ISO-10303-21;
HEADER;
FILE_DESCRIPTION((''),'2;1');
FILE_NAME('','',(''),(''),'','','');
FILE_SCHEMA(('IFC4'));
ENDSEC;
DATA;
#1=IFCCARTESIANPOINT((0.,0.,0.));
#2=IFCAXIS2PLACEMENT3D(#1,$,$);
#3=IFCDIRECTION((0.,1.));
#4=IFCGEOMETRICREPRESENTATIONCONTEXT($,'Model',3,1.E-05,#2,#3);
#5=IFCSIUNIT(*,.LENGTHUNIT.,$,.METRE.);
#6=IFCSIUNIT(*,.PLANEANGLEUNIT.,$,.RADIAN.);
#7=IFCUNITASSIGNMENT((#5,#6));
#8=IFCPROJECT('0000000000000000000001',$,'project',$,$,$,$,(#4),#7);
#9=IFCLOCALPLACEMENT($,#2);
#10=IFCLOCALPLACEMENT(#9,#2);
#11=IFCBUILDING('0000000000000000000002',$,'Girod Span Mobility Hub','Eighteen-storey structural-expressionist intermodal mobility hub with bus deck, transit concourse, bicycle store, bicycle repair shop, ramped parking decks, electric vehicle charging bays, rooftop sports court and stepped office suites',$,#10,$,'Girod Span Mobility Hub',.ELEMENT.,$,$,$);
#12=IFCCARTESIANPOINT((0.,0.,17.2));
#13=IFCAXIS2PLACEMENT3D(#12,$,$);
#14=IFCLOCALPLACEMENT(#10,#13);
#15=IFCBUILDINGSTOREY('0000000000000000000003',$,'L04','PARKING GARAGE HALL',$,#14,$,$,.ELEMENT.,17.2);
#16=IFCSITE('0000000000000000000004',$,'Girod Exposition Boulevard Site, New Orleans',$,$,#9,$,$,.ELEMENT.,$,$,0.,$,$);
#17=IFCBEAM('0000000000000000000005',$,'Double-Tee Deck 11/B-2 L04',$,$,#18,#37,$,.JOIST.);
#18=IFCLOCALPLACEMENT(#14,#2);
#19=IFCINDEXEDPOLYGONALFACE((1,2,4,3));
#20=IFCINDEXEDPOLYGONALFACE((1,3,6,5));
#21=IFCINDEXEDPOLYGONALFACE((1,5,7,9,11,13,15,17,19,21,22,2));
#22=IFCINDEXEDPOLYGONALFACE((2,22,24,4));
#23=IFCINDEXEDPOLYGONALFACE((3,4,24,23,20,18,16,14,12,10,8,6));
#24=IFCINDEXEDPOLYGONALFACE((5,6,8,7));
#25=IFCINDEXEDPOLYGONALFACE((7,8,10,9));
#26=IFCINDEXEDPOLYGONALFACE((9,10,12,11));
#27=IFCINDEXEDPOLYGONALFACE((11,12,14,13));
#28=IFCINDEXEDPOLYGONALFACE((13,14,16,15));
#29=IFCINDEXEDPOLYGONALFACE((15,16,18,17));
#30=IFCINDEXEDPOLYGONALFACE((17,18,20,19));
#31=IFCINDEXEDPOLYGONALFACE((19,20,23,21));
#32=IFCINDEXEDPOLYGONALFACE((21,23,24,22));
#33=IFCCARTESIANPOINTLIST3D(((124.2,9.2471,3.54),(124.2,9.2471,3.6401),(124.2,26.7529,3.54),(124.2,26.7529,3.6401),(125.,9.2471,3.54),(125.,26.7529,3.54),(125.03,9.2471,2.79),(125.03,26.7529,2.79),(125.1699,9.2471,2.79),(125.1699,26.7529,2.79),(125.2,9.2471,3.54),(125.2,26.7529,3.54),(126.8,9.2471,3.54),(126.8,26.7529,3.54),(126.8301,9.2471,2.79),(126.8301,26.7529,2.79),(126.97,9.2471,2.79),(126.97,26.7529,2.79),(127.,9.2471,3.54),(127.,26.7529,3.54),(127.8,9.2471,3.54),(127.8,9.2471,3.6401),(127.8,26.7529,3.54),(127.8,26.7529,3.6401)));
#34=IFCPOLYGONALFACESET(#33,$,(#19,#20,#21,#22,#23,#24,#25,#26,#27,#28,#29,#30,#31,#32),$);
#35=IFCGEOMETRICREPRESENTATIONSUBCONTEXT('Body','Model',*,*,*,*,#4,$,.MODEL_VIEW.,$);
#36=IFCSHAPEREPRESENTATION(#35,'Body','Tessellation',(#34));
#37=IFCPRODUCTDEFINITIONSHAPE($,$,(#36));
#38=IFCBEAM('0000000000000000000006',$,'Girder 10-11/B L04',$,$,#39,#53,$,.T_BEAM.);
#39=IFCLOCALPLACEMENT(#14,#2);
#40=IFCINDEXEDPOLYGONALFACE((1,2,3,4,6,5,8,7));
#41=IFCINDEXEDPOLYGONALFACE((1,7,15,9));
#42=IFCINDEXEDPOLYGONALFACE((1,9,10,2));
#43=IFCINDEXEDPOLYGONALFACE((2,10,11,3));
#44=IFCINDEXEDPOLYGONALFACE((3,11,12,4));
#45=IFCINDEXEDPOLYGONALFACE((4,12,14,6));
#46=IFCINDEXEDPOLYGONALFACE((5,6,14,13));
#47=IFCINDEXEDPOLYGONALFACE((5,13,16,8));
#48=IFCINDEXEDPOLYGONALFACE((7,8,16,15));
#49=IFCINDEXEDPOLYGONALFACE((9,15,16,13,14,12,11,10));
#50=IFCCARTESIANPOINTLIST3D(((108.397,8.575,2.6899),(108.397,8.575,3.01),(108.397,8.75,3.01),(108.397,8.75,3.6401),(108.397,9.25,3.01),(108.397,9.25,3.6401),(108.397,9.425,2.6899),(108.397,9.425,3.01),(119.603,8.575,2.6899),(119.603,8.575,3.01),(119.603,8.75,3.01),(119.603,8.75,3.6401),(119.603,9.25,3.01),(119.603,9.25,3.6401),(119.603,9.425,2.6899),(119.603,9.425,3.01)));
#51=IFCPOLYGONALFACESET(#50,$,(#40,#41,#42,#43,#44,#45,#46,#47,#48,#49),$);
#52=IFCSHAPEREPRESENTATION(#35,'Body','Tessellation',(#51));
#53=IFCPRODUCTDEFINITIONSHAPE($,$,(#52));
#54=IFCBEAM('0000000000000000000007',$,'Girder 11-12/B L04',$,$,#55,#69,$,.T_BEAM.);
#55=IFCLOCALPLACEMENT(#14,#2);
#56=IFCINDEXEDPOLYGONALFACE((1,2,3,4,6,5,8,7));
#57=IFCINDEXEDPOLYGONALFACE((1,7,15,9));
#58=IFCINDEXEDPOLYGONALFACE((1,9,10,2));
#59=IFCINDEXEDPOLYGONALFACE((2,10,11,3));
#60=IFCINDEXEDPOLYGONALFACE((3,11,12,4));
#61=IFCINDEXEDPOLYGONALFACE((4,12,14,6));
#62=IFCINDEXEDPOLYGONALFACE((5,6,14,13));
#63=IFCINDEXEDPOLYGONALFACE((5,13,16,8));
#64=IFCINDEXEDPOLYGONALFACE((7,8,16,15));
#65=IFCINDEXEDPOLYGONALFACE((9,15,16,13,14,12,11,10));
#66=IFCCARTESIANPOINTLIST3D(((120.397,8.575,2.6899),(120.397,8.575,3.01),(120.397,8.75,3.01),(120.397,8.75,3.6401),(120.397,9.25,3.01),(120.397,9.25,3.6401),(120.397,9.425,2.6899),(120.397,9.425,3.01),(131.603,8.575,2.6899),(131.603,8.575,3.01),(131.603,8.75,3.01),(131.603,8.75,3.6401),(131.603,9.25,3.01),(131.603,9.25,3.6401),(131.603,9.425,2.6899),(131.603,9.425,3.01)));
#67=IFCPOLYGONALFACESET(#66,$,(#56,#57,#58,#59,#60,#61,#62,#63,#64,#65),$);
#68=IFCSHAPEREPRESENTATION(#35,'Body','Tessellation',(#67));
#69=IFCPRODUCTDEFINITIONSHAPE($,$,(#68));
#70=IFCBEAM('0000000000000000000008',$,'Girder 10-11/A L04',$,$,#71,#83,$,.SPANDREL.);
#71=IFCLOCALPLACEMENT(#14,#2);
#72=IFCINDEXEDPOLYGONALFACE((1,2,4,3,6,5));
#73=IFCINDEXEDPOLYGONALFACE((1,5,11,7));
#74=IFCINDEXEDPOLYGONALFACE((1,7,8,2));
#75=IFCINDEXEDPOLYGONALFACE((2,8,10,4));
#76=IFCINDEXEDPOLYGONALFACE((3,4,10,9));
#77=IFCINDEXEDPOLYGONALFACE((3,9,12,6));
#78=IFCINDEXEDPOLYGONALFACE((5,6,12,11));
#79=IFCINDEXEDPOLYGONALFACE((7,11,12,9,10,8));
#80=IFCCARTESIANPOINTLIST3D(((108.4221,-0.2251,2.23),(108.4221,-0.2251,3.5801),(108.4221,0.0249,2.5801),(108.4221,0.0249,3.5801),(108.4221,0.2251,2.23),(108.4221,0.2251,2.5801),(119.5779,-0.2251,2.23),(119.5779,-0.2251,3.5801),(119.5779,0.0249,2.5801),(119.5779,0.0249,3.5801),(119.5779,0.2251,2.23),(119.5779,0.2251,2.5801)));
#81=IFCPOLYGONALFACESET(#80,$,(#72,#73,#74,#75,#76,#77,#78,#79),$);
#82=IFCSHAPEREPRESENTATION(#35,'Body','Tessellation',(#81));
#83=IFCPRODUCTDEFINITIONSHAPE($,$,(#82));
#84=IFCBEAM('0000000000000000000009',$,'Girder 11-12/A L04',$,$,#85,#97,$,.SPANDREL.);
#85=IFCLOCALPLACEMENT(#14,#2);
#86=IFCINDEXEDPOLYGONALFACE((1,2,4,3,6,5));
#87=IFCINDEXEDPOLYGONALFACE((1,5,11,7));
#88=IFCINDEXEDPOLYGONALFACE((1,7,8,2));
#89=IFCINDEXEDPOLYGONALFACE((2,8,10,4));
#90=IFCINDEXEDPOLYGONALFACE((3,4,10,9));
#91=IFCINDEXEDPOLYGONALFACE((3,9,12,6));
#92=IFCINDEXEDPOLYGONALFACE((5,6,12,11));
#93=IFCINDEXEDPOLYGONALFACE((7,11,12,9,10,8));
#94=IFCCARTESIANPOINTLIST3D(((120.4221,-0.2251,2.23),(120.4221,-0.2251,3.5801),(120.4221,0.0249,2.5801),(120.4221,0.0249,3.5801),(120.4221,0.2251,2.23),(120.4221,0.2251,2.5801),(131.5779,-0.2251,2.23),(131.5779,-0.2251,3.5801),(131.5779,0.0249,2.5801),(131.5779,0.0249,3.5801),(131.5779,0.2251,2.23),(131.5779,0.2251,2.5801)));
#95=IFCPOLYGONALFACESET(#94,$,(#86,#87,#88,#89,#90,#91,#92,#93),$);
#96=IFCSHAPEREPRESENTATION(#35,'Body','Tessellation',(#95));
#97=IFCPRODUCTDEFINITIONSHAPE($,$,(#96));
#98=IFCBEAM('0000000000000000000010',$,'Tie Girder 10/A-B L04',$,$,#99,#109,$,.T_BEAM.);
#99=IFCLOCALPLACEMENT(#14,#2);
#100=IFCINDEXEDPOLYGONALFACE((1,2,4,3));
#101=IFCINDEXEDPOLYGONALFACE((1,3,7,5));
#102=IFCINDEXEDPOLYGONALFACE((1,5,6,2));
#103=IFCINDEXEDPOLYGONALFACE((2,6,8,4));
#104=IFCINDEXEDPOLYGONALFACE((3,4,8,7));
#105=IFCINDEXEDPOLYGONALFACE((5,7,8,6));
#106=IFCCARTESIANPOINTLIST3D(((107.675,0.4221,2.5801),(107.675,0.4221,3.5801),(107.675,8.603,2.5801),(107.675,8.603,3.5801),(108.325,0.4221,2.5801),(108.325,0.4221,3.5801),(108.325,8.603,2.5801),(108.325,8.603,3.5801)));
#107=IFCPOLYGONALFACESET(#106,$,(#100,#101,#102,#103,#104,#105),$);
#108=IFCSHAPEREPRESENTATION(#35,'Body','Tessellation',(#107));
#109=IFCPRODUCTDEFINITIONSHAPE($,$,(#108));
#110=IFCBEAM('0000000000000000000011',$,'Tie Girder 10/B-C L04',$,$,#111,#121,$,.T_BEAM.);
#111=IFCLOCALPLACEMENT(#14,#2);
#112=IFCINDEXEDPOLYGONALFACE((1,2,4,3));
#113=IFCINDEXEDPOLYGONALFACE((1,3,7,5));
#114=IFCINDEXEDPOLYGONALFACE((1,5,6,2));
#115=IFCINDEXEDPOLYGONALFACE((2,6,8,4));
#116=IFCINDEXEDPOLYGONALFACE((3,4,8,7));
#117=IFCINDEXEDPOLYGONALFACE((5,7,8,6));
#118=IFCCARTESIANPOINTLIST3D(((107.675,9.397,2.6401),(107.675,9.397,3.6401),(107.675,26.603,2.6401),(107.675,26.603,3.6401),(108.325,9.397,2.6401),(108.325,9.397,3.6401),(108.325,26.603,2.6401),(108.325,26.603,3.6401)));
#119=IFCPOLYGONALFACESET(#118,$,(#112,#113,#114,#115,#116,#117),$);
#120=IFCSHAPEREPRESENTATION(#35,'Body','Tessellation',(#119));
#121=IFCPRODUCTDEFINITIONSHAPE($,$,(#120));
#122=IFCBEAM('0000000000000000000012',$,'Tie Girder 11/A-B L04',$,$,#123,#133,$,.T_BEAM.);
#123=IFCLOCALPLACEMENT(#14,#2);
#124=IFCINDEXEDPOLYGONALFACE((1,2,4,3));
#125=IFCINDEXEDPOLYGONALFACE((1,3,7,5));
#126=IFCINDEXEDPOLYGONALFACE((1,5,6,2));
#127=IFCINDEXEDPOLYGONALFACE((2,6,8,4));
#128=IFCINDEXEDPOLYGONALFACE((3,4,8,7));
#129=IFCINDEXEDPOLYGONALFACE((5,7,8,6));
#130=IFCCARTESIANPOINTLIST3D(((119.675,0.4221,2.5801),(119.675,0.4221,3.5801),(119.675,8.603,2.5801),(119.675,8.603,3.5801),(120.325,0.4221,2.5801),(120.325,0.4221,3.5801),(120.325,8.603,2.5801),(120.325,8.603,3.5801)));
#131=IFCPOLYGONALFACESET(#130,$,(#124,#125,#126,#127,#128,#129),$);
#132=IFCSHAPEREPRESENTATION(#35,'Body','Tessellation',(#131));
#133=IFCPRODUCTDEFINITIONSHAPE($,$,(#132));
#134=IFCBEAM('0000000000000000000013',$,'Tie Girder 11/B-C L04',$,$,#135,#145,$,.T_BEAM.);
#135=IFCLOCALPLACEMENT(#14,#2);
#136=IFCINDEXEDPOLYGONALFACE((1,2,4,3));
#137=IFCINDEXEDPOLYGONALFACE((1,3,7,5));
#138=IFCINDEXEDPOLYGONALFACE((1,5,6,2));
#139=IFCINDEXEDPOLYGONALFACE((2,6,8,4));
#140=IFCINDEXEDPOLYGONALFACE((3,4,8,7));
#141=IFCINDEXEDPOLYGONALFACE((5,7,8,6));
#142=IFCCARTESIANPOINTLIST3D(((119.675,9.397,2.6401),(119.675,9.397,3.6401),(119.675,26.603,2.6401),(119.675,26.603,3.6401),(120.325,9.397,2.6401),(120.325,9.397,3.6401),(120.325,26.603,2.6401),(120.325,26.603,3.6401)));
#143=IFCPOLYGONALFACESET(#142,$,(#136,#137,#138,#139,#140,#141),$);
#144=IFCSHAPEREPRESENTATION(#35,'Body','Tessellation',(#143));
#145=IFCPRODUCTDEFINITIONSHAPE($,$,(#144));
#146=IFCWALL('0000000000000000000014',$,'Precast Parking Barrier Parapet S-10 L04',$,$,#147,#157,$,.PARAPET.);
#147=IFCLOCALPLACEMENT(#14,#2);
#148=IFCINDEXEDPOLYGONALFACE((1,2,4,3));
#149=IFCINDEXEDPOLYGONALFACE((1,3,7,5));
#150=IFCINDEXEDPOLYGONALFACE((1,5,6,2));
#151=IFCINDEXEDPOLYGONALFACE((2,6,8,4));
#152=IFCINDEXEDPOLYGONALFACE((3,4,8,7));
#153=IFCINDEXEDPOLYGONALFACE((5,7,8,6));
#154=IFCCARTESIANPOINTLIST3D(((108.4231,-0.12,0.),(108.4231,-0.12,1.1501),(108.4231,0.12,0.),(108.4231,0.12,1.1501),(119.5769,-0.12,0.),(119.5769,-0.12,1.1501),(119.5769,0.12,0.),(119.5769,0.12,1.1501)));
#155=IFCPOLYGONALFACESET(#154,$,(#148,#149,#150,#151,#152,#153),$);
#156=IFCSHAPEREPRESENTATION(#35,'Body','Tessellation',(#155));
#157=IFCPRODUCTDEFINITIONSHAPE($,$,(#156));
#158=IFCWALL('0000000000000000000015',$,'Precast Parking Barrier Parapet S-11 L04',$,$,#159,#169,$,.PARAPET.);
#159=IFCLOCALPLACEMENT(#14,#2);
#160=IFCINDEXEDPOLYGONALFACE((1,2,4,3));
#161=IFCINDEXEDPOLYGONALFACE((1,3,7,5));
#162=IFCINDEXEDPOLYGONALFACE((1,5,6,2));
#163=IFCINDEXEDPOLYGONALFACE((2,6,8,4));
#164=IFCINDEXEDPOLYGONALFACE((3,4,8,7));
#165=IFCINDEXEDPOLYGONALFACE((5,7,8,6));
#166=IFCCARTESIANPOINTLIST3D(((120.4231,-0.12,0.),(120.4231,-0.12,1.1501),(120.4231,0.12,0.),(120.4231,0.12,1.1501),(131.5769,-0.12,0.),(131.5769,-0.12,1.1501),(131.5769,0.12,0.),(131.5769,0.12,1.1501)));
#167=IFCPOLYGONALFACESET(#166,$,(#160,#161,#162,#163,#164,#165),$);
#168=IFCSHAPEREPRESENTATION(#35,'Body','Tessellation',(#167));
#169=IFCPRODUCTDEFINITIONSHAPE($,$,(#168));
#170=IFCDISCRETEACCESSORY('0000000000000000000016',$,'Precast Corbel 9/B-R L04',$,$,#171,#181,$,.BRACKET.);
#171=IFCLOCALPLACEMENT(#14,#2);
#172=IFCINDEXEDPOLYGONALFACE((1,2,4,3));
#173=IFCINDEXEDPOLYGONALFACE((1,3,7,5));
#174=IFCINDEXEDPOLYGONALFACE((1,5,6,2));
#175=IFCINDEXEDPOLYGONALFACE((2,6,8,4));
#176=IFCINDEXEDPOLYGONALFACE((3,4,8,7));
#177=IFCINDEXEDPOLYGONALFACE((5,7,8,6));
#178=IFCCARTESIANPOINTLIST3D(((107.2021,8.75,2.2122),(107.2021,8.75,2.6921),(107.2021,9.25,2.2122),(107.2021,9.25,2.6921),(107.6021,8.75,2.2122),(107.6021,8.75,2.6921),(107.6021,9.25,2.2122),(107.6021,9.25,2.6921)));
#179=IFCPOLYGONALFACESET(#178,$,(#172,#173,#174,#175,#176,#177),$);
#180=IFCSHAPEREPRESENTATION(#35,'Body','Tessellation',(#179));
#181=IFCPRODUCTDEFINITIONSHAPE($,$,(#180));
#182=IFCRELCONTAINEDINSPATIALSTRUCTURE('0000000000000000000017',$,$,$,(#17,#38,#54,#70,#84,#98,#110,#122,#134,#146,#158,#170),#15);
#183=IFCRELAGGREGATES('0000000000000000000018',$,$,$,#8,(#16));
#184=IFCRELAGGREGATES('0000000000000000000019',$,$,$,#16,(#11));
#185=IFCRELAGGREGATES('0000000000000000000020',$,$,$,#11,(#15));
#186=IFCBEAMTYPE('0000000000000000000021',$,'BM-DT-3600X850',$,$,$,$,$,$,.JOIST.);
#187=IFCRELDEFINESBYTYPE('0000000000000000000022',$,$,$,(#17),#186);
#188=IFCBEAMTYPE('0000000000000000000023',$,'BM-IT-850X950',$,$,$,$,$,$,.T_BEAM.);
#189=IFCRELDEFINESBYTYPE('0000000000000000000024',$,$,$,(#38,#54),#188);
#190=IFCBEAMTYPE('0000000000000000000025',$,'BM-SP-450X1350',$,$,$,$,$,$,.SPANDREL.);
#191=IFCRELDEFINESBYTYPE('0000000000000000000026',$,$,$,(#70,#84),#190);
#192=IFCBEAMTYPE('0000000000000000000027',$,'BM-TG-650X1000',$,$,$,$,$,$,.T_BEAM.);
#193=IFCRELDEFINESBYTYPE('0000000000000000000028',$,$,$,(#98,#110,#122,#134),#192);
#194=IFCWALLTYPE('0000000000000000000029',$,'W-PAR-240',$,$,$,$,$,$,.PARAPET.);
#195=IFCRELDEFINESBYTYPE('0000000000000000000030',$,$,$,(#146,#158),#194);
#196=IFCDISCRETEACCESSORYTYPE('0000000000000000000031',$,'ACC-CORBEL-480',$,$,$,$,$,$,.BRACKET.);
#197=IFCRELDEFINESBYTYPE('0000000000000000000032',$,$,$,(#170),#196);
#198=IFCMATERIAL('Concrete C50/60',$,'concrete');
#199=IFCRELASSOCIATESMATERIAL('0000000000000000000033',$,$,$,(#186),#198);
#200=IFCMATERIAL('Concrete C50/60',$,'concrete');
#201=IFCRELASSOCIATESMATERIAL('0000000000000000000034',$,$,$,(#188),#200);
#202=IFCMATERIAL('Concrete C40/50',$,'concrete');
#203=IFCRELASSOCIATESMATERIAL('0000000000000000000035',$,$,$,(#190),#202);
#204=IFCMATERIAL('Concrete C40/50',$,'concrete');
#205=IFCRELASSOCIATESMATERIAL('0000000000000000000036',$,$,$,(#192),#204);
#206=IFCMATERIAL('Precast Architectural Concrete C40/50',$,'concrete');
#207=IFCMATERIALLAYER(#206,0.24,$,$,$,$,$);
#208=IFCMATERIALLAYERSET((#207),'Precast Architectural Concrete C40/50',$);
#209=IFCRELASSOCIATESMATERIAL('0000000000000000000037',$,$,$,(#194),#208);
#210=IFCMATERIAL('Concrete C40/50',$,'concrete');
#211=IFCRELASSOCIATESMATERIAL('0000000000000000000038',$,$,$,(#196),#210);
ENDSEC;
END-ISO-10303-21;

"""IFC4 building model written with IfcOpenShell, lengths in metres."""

from ifc_helpers import new_model, si_unit, direction, frame, frame_2d, origin, origin_2d, place, context, subcontext, project, spatial, polyline, rectangle, outline, extrude, material, layer, layer_set, material_profile, profile_set, type_object, element, save


model = new_model("IFC4")

# Units and contexts
model_context = context("Model", 3, precision=1e-05, world=origin(), true_north=direction((0.0, 1.0)))
body_context = subcontext(model_context, "Body", "Model", "MODEL_VIEW")
ifc_project = project(units=[si_unit("LENGTHUNIT", "METRE"), si_unit("PLANEANGLEUNIT", "RADIAN")], contexts=[model_context])

# Site, building, storey
site_placement = place(None, origin())
site = spatial("IfcSite", under=ifc_project, at=site_placement, Name="Girod Exposition Boulevard Site, New Orleans", CompositionType="ELEMENT", RefElevation=0.0)
building_placement = place(site_placement, origin())
building = spatial("IfcBuilding", under=site, at=building_placement, Name="Girod Span Mobility Hub", Description="Eighteen-storey structural-expressionist intermodal mobility hub with bus deck, transit concourse, bicycle store, bicycle repair shop, ramped parking decks, electric vehicle charging bays, rooftop sports court and stepped office suites", LongName="Girod Span Mobility Hub", CompositionType="ELEMENT")
storey_placement = place(building_placement, frame((0.0, 0.0, 17.2)))
storey = spatial("IfcBuildingStorey", under=building, at=storey_placement, Name="L04", Description="PARKING GARAGE HALL", CompositionType="ELEMENT", Elevation=17.2)

# Beams
ifc_material_1 = material(Name="Concrete C50/60", Category="concrete")
ifc_material_profile_1 = material_profile(ifc_material_1, outline(polyline([(-1.8, 0.425), (-1.8, 0.325), (-1.0, 0.325), (-0.97, -0.425), (-0.8301, -0.425), (-0.8, 0.325), (0.8, 0.325), (0.8301, -0.425), (0.97, -0.425), (1.0, 0.325), (1.8, 0.325), (1.8, 0.425), (-1.8, 0.425)])), Name="DT-3600X850")
ifc_profile_set_1 = profile_set([ifc_material_profile_1], Name="Concrete C50/60")
beam_type_1 = type_object("IfcBeamType", Name="BM-DT-3600X850", PredefinedType="JOIST", material=ifc_profile_set_1)
for number, where, z_axis, x_axis, name in (
    (1, (126.0, 9.2471, 3.2151), (0.0, 1.0, 0.0), (-1.0, 0.0, 0.0), "Double-Tee Deck 11/B-2 L04"),
):
    element("IfcBeam", number, at=place(storey_placement, frame(where, z_axis=z_axis, x_axis=x_axis)), inside=storey, type_object=beam_type_1, Name=name, PredefinedType="JOIST", context=body_context, shape_type="SweptSolid", body=[
        extrude(outline(polyline([(-1.8, 0.425), (-1.8, 0.325), (-1.0, 0.325), (-0.97, -0.425), (-0.8301, -0.425), (-0.8, 0.325), (0.8, 0.325), (0.8301, -0.425), (0.97, -0.425), (1.0, 0.325), (1.8, 0.325), (1.8, 0.425), (-1.8, 0.425)])), origin(), (0.0, 0.0, 1.0), 17.5059),
    ])
ifc_material_2 = material(Name="Concrete C50/60", Category="concrete")
ifc_material_profile_2 = material_profile(ifc_material_2, outline(polyline([(-0.425, -0.4751), (0.425, -0.4751), (0.425, -0.155), (0.25, -0.155), (0.25, 0.4751), (-0.25, 0.4751), (-0.25, -0.155), (-0.425, -0.155), (-0.425, -0.4751)])), Name="IT-850X950")
ifc_profile_set_2 = profile_set([ifc_material_profile_2], Name="Concrete C50/60")
beam_type_2 = type_object("IfcBeamType", Name="BM-IT-850X950", PredefinedType="T_BEAM", material=ifc_profile_set_2)
for number, where, z_axis, x_axis, name in (
    (2, (108.397, 9.0, 3.165), (1.0, 0.0, 0.0), (0.0, 1.0, 0.0), "Girder 10-11/B L04"),
    (3, (120.397, 9.0, 3.165), (1.0, 0.0, 0.0), (0.0, 1.0, 0.0), "Girder 11-12/B L04"),
):
    element("IfcBeam", number, at=place(storey_placement, frame(where, z_axis=z_axis, x_axis=x_axis)), inside=storey, type_object=beam_type_2, Name=name, PredefinedType="T_BEAM", context=body_context, shape_type="SweptSolid", body=[
        extrude(outline(polyline([(-0.425, -0.4751), (0.425, -0.4751), (0.425, -0.155), (0.25, -0.155), (0.25, 0.4751), (-0.25, 0.4751), (-0.25, -0.155), (-0.425, -0.155), (-0.425, -0.4751)])), origin(), (0.0, 0.0, 1.0), 11.2061),
    ])
ifc_material_3 = material(Name="Concrete C40/50", Category="concrete")
ifc_material_profile_3 = material_profile(ifc_material_3, outline(polyline([(-0.2251, -0.675), (0.2251, -0.675), (0.2251, -0.325), (0.0249, -0.325), (0.0249, 0.675), (-0.2251, 0.675), (-0.2251, -0.675)])), Name="SP-450X1350")
ifc_profile_set_3 = profile_set([ifc_material_profile_3], Name="Concrete C40/50")
beam_type_3 = type_object("IfcBeamType", Name="BM-SP-450X1350", PredefinedType="SPANDREL", material=ifc_profile_set_3)
for number, where, z_axis, x_axis, name in (
    (4, (108.4221, 0.0, 2.905), (1.0, 0.0, 0.0), (0.0, 1.0, 0.0), "Girder 10-11/A L04"),
    (5, (120.4221, 0.0, 2.905), (1.0, 0.0, 0.0), (0.0, 1.0, 0.0), "Girder 11-12/A L04"),
):
    element("IfcBeam", number, at=place(storey_placement, frame(where, z_axis=z_axis, x_axis=x_axis)), inside=storey, type_object=beam_type_3, Name=name, PredefinedType="SPANDREL", context=body_context, shape_type="SweptSolid", body=[
        extrude(outline(polyline([(-0.2251, -0.675), (0.2251, -0.675), (0.2251, -0.325), (0.0249, -0.325), (0.0249, 0.675), (-0.2251, 0.675), (-0.2251, -0.675)])), origin(), (0.0, 0.0, 1.0), 11.1558),
    ])
ifc_material_4 = material(Name="Concrete C40/50", Category="concrete")
ifc_material_profile_4 = material_profile(ifc_material_4, rectangle(XDim=0.6499, YDim=1.0, at=origin_2d()), Name="TG-650X1000")
ifc_profile_set_4 = profile_set([ifc_material_profile_4], Name="Concrete C40/50")
beam_type_4 = type_object("IfcBeamType", Name="BM-TG-650X1000", PredefinedType="T_BEAM", material=ifc_profile_set_4)
beam_1_placement = place(storey_placement, frame((108.0, 0.4221, 3.0801), z_axis=(0.0, 1.0, 0.0), x_axis=(-1.0, 0.0, 0.0)))
element("IfcBeam", 6, at=beam_1_placement, inside=storey, type_object=beam_type_4, Name="Tie Girder 10/A-B L04", PredefinedType="T_BEAM", context=body_context, shape_type="SweptSolid", body=[
    extrude(rectangle(XDim=0.6499, YDim=1.0, at=origin_2d()), origin(), (0.0, 0.0, 1.0), 8.1809),
])
beam_2_placement = place(storey_placement, frame((108.0, 9.397, 3.1401), z_axis=(0.0, 1.0, 0.0), x_axis=(-1.0, 0.0, 0.0)))
element("IfcBeam", 7, at=beam_2_placement, inside=storey, type_object=beam_type_4, Name="Tie Girder 10/B-C L04", PredefinedType="T_BEAM", context=body_context, shape_type="SweptSolid", body=[
    extrude(rectangle(XDim=0.6499, YDim=1.0, at=origin_2d()), origin(), (0.0, 0.0, 1.0), 17.2061),
])
beam_3_placement = place(storey_placement, frame((120.0, 0.4221, 3.0801), z_axis=(0.0, 1.0, 0.0), x_axis=(-1.0, 0.0, 0.0)))
element("IfcBeam", 8, at=beam_3_placement, inside=storey, type_object=beam_type_4, Name="Tie Girder 11/A-B L04", PredefinedType="T_BEAM", context=body_context, shape_type="SweptSolid", body=[
    extrude(rectangle(XDim=0.6499, YDim=1.0, at=origin_2d()), origin(), (0.0, 0.0, 1.0), 8.1809),
])
beam_4_placement = place(storey_placement, frame((120.0, 9.397, 3.1401), z_axis=(0.0, 1.0, 0.0), x_axis=(-1.0, 0.0, 0.0)))
element("IfcBeam", 9, at=beam_4_placement, inside=storey, type_object=beam_type_4, Name="Tie Girder 11/B-C L04", PredefinedType="T_BEAM", context=body_context, shape_type="SweptSolid", body=[
    extrude(rectangle(XDim=0.6499, YDim=1.0, at=origin_2d()), origin(), (0.0, 0.0, 1.0), 17.2061),
])

# Walls
ifc_material_5 = material(Name="Precast Architectural Concrete C40/50", Category="concrete")
ifc_layer = layer(ifc_material_5, 0.24)
ifc_layer_set = layer_set([ifc_layer], Name="Precast Architectural Concrete C40/50")
wall_type = type_object("IfcWallType", Name="W-PAR-240", PredefinedType="PARAPET", material=ifc_layer_set)
for number, where, z_axis, x_axis, name in (
    (10, (108.4231, 0.0, 0.0), (0.0, 0.0, 1.0), (1.0, 0.0, 0.0), "Precast Parking Barrier Parapet S-10 L04"),
    (11, (120.4231, 0.0, 0.0), (0.0, 0.0, 1.0), (1.0, 0.0, 0.0), "Precast Parking Barrier Parapet S-11 L04"),
):
    element("IfcWall", number, at=place(storey_placement, frame(where, z_axis=z_axis, x_axis=x_axis)), inside=storey, type_object=wall_type, Name=name, PredefinedType="PARAPET", context=body_context, shape_type="SweptSolid", body=[
        extrude(rectangle(XDim=11.1538, YDim=0.24, at=frame_2d((5.5769, 0.0))), origin(), (0.0, 0.0, 1.0), 1.1501),
    ])

# Discrete accessory
ifc_material_6 = material(Name="Concrete C40/50", Category="concrete")
discrete_accessory_type = type_object("IfcDiscreteAccessoryType", Name="ACC-CORBEL-480", PredefinedType="BRACKET", material=ifc_material_6)
for number, where, z_axis, x_axis, name in (
    (12, (107.4021, 9.0, 2.2122), (0.0, 0.0, 1.0), (1.0, 0.0, 0.0), "Precast Corbel 9/B-R L04"),
):
    element("IfcDiscreteAccessory", number, at=place(storey_placement, frame(where, z_axis=z_axis, x_axis=x_axis)), inside=storey, type_object=discrete_accessory_type, Name=name, PredefinedType="BRACKET", context=body_context, shape_type="SweptSolid", body=[
        extrude(rectangle(XDim=0.3999, YDim=0.5, at=origin_2d()), origin(), (0.0, 0.0, 1.0), 0.48),
    ])

save(model, "model.ifc")
